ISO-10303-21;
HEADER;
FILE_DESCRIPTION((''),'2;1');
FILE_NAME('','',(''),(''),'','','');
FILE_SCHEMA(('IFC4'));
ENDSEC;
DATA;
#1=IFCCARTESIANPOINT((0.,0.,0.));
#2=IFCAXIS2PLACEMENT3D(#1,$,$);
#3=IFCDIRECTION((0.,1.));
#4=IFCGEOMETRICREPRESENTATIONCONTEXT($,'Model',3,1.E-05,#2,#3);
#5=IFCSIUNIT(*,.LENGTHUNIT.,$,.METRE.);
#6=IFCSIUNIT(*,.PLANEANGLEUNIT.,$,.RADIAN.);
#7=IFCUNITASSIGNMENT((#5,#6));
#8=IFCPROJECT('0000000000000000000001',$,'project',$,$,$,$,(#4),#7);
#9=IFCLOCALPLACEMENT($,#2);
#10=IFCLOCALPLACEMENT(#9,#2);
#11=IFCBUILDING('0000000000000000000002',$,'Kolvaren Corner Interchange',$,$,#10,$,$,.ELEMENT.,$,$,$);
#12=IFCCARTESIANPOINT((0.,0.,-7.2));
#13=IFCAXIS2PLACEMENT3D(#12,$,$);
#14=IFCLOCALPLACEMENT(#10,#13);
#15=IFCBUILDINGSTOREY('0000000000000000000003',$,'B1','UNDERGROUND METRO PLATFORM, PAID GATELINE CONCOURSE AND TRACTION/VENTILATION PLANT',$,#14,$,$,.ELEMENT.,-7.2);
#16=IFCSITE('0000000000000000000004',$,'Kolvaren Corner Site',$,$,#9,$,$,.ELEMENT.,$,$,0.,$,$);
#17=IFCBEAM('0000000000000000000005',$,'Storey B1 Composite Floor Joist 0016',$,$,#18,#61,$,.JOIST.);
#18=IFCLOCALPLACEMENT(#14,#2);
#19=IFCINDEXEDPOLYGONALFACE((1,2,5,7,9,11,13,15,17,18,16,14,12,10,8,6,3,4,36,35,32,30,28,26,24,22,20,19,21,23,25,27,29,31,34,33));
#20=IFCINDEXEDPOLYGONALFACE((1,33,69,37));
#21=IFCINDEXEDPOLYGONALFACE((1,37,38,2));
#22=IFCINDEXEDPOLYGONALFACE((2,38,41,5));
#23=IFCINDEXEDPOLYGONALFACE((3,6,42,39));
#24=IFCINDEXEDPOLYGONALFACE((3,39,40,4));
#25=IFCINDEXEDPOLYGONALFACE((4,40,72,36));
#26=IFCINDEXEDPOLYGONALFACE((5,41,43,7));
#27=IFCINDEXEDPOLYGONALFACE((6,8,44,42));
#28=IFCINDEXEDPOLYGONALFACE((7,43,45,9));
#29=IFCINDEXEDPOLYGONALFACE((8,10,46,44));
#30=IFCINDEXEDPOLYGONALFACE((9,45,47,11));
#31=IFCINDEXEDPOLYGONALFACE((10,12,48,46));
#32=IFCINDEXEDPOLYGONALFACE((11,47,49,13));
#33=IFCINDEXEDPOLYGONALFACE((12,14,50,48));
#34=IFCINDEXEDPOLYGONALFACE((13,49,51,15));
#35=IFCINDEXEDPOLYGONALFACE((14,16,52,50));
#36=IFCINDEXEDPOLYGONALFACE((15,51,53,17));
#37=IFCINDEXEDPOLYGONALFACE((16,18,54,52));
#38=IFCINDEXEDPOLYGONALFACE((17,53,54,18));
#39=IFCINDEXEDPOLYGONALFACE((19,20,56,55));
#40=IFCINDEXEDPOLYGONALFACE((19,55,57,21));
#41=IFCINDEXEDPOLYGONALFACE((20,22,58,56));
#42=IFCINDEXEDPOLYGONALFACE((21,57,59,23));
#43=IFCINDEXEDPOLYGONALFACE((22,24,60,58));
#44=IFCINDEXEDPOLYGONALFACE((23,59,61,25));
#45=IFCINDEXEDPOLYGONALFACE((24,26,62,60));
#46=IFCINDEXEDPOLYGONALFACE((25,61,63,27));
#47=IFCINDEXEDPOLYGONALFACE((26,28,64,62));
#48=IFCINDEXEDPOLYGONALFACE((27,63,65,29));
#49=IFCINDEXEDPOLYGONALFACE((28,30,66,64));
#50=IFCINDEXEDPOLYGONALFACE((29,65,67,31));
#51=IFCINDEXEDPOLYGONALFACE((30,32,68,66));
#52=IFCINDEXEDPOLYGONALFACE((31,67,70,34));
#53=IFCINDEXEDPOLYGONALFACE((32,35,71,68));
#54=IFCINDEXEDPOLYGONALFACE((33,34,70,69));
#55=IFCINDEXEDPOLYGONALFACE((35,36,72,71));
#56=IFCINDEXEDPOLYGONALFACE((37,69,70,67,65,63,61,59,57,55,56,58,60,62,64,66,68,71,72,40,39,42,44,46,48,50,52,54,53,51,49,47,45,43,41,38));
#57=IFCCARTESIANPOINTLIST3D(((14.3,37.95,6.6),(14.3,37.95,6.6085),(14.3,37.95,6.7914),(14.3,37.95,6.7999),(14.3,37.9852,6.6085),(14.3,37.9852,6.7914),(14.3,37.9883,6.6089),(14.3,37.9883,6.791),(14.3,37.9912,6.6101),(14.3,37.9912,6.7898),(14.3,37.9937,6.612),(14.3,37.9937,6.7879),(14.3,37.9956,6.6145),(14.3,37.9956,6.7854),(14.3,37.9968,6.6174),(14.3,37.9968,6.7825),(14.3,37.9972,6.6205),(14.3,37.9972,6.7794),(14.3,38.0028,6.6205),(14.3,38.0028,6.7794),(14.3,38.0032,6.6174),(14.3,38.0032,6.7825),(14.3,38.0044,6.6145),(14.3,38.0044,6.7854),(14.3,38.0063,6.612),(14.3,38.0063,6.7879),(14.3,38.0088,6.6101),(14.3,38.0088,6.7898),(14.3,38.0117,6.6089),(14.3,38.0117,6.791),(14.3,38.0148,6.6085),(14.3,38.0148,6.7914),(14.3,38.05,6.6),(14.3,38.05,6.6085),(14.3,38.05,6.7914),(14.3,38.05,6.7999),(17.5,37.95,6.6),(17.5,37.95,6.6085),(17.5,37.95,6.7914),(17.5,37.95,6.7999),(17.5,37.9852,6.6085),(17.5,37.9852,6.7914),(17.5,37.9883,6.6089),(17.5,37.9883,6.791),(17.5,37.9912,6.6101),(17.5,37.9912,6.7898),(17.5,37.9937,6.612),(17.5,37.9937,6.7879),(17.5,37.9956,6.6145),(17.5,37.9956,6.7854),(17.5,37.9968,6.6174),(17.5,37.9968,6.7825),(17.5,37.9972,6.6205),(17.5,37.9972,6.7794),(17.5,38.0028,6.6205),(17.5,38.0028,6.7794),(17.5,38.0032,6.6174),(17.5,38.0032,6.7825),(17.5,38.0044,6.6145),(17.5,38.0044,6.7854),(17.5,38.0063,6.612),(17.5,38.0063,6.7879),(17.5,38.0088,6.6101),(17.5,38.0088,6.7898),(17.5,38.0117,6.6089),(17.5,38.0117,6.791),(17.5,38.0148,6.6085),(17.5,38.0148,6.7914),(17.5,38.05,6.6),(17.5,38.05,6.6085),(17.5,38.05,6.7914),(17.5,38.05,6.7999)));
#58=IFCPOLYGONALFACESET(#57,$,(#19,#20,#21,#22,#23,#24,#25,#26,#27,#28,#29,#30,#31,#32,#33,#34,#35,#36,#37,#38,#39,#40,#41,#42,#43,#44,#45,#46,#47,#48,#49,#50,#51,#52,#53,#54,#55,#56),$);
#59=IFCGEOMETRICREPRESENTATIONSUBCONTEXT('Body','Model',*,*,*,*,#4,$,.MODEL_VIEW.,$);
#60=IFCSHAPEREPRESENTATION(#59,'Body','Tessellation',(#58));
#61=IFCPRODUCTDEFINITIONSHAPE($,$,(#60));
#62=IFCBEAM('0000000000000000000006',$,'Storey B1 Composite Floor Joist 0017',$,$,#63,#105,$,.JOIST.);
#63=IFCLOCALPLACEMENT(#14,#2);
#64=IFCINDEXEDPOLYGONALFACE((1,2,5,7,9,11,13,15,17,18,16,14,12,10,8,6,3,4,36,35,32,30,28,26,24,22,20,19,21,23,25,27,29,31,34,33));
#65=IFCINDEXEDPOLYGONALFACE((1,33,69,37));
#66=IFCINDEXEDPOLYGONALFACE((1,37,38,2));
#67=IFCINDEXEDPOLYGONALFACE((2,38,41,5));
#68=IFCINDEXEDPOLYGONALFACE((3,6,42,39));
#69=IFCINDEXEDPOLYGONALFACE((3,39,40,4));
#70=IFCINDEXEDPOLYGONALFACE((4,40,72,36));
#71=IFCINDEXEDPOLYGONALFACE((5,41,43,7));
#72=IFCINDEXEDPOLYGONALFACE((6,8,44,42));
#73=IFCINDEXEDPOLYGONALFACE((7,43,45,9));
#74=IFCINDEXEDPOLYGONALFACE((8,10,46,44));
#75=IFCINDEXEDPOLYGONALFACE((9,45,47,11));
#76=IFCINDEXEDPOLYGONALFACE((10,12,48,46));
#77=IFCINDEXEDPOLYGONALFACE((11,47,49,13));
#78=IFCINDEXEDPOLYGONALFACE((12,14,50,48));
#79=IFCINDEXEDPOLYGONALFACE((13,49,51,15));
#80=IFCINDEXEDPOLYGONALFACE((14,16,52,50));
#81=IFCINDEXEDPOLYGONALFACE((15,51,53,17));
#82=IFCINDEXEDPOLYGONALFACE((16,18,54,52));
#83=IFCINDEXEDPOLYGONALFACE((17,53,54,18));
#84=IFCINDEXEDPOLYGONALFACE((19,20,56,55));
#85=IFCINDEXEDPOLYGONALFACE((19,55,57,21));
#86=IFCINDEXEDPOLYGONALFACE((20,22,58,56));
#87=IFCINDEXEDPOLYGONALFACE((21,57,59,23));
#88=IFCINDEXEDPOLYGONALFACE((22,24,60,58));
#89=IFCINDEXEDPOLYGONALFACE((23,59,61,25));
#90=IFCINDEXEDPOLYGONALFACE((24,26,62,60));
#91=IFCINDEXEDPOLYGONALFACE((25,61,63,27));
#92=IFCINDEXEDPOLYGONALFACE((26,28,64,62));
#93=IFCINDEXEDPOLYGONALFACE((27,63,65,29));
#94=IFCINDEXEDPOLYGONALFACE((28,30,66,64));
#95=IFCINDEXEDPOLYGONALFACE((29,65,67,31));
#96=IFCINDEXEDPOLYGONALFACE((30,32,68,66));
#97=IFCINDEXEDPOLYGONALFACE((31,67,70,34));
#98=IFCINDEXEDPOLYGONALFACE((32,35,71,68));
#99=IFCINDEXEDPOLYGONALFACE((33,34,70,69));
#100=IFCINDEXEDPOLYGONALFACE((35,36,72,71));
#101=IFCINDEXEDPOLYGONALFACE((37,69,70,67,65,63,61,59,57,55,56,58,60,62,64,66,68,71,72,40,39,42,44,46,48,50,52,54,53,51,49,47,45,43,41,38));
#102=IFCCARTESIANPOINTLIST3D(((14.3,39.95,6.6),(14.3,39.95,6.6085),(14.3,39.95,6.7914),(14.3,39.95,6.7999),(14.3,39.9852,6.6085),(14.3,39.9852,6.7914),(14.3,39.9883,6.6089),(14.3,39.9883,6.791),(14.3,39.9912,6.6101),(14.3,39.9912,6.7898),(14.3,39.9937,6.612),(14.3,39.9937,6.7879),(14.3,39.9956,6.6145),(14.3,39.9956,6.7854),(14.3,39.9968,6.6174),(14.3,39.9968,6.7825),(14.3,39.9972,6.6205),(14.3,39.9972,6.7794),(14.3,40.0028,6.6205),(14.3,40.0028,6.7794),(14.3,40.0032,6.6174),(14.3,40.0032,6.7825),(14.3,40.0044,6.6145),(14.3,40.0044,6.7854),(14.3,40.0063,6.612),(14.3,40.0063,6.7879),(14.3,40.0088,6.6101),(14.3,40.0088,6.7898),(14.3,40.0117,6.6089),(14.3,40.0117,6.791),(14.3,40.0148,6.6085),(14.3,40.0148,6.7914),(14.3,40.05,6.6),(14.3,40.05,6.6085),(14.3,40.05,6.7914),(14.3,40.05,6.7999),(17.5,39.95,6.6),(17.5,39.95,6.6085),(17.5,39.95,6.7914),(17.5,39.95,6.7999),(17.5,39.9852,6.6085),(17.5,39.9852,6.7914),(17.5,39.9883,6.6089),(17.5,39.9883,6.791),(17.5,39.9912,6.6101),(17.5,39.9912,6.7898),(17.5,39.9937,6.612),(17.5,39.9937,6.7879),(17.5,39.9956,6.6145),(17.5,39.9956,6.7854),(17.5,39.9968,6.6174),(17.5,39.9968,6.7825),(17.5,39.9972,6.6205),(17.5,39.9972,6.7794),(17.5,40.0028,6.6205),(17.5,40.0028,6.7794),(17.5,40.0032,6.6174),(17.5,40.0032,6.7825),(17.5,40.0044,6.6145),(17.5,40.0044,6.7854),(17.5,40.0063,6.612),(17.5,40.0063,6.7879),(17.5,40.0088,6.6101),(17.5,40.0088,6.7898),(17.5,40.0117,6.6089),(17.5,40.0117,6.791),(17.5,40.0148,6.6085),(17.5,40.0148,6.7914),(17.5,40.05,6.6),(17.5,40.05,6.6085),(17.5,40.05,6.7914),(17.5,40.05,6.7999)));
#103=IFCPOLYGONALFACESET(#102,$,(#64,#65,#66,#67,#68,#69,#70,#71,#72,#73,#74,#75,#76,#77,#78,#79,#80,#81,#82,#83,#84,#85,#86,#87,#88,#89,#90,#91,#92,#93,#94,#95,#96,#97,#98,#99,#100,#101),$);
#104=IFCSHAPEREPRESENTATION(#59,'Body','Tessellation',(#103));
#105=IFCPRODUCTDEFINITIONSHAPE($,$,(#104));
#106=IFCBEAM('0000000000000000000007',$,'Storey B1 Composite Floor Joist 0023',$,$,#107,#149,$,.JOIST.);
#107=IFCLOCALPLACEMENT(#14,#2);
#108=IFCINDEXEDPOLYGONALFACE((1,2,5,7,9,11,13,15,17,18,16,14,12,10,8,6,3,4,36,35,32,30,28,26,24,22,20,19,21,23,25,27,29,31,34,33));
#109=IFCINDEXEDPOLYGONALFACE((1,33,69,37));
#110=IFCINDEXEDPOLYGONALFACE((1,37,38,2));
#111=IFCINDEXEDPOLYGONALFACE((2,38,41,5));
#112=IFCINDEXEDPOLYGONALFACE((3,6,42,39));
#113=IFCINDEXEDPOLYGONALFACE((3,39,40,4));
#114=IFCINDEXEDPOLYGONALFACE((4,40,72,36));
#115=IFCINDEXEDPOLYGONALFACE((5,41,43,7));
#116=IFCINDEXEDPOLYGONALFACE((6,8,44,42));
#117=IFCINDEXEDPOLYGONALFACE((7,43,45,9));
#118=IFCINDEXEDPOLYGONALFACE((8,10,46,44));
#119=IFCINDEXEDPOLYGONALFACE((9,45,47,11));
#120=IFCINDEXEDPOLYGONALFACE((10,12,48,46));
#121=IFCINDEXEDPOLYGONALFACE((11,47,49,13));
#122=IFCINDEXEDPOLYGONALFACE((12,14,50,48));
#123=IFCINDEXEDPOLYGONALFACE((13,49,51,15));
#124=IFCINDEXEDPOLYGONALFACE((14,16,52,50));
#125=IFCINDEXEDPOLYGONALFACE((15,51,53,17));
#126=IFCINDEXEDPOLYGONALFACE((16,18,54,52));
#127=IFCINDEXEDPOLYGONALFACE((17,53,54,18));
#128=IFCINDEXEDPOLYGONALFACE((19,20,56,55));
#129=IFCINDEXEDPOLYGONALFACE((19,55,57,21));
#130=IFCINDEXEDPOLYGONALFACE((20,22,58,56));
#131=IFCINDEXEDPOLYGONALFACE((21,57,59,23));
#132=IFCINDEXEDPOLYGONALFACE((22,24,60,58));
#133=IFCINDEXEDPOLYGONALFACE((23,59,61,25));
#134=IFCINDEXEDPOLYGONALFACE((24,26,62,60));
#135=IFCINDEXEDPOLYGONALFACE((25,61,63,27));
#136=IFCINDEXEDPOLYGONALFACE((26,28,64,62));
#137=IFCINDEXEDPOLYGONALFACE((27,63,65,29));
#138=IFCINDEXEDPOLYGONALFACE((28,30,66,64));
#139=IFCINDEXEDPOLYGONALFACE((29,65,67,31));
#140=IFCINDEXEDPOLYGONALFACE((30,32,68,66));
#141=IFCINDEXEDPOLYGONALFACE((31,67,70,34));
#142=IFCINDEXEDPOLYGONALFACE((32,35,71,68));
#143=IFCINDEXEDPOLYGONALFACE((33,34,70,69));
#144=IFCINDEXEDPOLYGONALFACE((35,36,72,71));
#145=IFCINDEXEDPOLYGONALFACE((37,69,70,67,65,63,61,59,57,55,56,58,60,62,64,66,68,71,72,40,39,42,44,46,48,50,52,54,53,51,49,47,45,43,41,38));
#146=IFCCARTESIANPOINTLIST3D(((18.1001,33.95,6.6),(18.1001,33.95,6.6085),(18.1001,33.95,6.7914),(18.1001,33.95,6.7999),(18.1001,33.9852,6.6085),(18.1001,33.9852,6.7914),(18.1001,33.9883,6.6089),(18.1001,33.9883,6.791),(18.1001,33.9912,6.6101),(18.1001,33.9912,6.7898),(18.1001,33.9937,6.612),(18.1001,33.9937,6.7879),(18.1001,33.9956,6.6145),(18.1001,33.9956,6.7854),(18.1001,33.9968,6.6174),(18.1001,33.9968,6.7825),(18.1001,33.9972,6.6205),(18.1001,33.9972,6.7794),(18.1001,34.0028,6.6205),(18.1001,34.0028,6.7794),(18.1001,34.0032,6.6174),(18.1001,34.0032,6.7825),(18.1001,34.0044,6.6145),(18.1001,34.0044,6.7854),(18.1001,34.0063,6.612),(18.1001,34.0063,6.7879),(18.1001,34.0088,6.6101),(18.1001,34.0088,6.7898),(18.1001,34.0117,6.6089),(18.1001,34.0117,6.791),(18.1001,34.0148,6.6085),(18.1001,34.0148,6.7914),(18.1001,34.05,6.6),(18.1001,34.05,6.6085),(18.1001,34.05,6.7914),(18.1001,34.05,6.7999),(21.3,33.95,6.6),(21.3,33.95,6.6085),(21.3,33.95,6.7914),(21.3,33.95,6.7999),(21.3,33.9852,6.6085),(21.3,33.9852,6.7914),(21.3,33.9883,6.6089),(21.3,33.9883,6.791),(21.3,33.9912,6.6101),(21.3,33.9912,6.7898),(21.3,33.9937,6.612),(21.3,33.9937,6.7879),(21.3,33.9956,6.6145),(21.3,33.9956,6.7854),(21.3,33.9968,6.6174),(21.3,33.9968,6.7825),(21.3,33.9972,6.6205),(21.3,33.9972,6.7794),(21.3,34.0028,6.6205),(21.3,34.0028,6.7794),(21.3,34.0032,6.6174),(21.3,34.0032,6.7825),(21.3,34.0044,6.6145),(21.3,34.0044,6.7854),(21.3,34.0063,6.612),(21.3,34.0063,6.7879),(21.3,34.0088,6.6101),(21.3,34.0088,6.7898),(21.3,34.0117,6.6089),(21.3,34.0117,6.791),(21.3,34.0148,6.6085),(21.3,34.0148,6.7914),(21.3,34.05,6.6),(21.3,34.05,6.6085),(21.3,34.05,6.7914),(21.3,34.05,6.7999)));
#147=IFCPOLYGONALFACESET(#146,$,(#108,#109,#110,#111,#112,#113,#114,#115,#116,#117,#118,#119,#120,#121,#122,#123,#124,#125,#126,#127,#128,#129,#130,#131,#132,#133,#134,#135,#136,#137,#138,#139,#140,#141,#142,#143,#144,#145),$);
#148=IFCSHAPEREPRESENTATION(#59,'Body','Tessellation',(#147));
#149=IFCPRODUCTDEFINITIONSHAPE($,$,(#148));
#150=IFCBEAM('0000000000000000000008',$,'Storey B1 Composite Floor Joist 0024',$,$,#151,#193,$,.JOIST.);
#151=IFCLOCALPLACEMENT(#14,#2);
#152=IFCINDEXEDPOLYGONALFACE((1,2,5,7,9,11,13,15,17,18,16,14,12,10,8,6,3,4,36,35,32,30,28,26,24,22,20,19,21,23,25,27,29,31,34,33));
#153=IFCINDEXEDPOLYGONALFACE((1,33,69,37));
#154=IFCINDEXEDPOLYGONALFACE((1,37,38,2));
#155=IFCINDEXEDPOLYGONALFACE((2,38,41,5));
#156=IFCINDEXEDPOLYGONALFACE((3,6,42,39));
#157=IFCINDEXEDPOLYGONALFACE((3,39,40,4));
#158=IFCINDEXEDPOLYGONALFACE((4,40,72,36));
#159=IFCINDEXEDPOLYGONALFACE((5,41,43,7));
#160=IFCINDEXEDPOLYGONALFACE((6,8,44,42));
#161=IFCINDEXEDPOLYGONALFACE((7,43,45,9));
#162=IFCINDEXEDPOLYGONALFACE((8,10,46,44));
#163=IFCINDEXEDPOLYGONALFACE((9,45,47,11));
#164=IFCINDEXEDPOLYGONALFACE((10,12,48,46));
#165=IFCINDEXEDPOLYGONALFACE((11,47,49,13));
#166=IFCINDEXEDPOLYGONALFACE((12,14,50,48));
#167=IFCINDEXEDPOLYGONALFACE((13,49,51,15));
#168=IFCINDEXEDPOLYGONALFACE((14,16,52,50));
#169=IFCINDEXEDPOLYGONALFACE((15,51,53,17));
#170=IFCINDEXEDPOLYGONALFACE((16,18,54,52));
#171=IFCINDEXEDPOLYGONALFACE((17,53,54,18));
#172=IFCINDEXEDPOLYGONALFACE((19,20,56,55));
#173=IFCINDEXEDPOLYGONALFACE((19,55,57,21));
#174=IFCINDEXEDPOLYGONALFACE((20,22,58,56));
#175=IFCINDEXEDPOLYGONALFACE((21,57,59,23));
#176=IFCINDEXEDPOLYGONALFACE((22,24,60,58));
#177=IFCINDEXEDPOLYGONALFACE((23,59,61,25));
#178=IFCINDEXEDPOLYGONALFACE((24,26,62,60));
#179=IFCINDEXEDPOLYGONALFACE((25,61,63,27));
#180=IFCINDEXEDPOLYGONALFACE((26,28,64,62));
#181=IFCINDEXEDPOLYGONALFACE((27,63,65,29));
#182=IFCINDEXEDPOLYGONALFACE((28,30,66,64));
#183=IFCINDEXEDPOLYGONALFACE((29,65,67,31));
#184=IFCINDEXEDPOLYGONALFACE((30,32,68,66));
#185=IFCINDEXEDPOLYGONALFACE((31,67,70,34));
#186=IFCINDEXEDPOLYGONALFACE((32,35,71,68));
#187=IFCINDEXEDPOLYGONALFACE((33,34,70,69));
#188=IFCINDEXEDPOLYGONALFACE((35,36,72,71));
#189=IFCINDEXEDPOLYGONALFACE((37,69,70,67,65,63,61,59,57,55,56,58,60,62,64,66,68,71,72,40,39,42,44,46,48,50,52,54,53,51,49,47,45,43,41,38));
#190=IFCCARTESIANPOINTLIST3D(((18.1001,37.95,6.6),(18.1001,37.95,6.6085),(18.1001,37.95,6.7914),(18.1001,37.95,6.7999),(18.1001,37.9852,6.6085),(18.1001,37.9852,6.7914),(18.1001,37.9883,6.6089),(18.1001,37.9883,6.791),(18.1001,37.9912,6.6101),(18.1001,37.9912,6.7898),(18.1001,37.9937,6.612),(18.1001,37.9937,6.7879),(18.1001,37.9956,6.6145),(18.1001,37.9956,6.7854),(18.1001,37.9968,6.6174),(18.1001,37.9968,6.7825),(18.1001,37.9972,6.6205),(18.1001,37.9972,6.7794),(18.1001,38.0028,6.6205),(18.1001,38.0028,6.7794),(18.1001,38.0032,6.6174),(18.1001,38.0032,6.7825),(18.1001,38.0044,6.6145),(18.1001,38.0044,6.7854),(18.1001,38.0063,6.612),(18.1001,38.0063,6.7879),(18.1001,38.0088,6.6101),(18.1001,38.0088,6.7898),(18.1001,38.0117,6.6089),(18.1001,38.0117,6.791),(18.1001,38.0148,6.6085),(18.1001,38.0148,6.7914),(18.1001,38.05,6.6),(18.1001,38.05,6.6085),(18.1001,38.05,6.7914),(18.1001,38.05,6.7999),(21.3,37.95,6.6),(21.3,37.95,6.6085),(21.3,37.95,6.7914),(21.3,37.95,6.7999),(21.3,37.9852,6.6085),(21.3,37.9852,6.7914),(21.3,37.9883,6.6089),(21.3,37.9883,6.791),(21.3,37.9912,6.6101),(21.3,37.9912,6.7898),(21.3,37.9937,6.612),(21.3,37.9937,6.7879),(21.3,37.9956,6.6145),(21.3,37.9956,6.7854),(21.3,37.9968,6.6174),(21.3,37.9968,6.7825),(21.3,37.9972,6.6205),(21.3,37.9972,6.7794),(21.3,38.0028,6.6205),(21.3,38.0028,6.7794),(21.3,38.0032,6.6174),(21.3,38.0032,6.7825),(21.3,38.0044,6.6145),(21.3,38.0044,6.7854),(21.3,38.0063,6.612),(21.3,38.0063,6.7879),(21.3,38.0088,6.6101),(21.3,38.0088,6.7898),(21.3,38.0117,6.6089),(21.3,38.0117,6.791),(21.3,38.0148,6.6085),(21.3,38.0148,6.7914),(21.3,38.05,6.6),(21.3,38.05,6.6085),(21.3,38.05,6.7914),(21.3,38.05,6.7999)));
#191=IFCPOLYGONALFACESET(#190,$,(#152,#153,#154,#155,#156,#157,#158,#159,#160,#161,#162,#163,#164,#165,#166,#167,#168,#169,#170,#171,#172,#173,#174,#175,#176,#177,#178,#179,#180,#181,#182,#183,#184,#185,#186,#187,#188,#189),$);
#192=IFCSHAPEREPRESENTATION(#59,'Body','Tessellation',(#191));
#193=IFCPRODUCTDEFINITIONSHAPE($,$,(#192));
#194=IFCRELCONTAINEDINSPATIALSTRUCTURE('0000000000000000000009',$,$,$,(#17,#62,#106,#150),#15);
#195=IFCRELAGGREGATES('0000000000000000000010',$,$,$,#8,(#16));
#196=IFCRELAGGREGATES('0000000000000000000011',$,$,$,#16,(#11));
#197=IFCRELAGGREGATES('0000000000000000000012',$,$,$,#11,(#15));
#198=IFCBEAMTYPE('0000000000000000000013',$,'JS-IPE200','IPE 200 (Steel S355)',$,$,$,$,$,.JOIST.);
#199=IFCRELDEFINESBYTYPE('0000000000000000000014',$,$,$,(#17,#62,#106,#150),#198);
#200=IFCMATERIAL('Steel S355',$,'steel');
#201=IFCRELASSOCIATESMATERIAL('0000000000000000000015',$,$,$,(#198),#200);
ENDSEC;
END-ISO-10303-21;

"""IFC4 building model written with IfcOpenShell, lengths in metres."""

from ifc_helpers import new_model, si_unit, direction, frame, origin, origin_2d, place, context, subcontext, project, spatial, i_section, extrude, material, material_profile, profile_set, type_object, element, save


model = new_model("IFC4")

# Units and contexts
model_context = context("Model", 3, precision=1e-05, world=origin(), true_north=direction((0.0, 1.0)))
body_context = subcontext(model_context, "Body", "Model", "MODEL_VIEW")
ifc_project = project(units=[si_unit("LENGTHUNIT", "METRE"), si_unit("PLANEANGLEUNIT", "RADIAN")], contexts=[model_context])

# Site, building, storey
site_placement = place(None, origin())
site = spatial("IfcSite", under=ifc_project, at=site_placement, Name="Kolvaren Corner Site", CompositionType="ELEMENT", RefElevation=0.0)
building_placement = place(site_placement, origin())
building = spatial("IfcBuilding", under=site, at=building_placement, Name="Kolvaren Corner Interchange", CompositionType="ELEMENT")
storey_placement = place(building_placement, frame((0.0, 0.0, -7.2)))
storey = spatial("IfcBuildingStorey", under=building, at=storey_placement, Name="B1", Description="UNDERGROUND METRO PLATFORM, PAID GATELINE CONCOURSE AND TRACTION/VENTILATION PLANT", CompositionType="ELEMENT", Elevation=-7.2)

# Beams
ifc_material_1 = material(Name="Steel S355", Category="steel")
ifc_material_profile_1 = material_profile(ifc_material_1, i_section(OverallWidth=0.1001, OverallDepth=0.2, WebThickness=0.0056, FlangeThickness=0.0085, FilletRadius=0.012, at=origin_2d()), Name="IPE 200")
ifc_profile_set_1 = profile_set([ifc_material_profile_1], Name="Steel S355")
beam_type_1 = type_object("IfcBeamType", Name="JS-IPE200", Description="IPE 200 (Steel S355)", PredefinedType="JOIST", material=ifc_profile_set_1)
for number, where, z_axis, x_axis, name in (
    (1, (14.3, 38.0, 6.7), (1.0, 0.0, 0.0), (0.0, 1.0, 0.0), "Storey B1 Composite Floor Joist 0016"),
    (2, (14.3, 40.0, 6.7), (1.0, 0.0, 0.0), (0.0, 1.0, 0.0), "Storey B1 Composite Floor Joist 0017"),
    (3, (18.1001, 34.0, 6.7), (1.0, 0.0, 0.0), (0.0, 1.0, 0.0), "Storey B1 Composite Floor Joist 0023"),
    (4, (18.1001, 38.0, 6.7), (1.0, 0.0, 0.0), (0.0, 1.0, 0.0), "Storey B1 Composite Floor Joist 0024"),
):
    element("IfcBeam", number, at=place(storey_placement, frame(where, z_axis=z_axis, x_axis=x_axis)), inside=storey, type_object=beam_type_1, Name=name, PredefinedType="JOIST", context=body_context, shape_type="SweptSolid", body=[
        extrude(i_section(OverallWidth=0.1001, OverallDepth=0.2, WebThickness=0.0056, FlangeThickness=0.0085, FilletRadius=0.012, at=origin_2d()), origin(), (0.0, 0.0, 1.0), 3.2),
    ])

save(model, "model.ifc")
